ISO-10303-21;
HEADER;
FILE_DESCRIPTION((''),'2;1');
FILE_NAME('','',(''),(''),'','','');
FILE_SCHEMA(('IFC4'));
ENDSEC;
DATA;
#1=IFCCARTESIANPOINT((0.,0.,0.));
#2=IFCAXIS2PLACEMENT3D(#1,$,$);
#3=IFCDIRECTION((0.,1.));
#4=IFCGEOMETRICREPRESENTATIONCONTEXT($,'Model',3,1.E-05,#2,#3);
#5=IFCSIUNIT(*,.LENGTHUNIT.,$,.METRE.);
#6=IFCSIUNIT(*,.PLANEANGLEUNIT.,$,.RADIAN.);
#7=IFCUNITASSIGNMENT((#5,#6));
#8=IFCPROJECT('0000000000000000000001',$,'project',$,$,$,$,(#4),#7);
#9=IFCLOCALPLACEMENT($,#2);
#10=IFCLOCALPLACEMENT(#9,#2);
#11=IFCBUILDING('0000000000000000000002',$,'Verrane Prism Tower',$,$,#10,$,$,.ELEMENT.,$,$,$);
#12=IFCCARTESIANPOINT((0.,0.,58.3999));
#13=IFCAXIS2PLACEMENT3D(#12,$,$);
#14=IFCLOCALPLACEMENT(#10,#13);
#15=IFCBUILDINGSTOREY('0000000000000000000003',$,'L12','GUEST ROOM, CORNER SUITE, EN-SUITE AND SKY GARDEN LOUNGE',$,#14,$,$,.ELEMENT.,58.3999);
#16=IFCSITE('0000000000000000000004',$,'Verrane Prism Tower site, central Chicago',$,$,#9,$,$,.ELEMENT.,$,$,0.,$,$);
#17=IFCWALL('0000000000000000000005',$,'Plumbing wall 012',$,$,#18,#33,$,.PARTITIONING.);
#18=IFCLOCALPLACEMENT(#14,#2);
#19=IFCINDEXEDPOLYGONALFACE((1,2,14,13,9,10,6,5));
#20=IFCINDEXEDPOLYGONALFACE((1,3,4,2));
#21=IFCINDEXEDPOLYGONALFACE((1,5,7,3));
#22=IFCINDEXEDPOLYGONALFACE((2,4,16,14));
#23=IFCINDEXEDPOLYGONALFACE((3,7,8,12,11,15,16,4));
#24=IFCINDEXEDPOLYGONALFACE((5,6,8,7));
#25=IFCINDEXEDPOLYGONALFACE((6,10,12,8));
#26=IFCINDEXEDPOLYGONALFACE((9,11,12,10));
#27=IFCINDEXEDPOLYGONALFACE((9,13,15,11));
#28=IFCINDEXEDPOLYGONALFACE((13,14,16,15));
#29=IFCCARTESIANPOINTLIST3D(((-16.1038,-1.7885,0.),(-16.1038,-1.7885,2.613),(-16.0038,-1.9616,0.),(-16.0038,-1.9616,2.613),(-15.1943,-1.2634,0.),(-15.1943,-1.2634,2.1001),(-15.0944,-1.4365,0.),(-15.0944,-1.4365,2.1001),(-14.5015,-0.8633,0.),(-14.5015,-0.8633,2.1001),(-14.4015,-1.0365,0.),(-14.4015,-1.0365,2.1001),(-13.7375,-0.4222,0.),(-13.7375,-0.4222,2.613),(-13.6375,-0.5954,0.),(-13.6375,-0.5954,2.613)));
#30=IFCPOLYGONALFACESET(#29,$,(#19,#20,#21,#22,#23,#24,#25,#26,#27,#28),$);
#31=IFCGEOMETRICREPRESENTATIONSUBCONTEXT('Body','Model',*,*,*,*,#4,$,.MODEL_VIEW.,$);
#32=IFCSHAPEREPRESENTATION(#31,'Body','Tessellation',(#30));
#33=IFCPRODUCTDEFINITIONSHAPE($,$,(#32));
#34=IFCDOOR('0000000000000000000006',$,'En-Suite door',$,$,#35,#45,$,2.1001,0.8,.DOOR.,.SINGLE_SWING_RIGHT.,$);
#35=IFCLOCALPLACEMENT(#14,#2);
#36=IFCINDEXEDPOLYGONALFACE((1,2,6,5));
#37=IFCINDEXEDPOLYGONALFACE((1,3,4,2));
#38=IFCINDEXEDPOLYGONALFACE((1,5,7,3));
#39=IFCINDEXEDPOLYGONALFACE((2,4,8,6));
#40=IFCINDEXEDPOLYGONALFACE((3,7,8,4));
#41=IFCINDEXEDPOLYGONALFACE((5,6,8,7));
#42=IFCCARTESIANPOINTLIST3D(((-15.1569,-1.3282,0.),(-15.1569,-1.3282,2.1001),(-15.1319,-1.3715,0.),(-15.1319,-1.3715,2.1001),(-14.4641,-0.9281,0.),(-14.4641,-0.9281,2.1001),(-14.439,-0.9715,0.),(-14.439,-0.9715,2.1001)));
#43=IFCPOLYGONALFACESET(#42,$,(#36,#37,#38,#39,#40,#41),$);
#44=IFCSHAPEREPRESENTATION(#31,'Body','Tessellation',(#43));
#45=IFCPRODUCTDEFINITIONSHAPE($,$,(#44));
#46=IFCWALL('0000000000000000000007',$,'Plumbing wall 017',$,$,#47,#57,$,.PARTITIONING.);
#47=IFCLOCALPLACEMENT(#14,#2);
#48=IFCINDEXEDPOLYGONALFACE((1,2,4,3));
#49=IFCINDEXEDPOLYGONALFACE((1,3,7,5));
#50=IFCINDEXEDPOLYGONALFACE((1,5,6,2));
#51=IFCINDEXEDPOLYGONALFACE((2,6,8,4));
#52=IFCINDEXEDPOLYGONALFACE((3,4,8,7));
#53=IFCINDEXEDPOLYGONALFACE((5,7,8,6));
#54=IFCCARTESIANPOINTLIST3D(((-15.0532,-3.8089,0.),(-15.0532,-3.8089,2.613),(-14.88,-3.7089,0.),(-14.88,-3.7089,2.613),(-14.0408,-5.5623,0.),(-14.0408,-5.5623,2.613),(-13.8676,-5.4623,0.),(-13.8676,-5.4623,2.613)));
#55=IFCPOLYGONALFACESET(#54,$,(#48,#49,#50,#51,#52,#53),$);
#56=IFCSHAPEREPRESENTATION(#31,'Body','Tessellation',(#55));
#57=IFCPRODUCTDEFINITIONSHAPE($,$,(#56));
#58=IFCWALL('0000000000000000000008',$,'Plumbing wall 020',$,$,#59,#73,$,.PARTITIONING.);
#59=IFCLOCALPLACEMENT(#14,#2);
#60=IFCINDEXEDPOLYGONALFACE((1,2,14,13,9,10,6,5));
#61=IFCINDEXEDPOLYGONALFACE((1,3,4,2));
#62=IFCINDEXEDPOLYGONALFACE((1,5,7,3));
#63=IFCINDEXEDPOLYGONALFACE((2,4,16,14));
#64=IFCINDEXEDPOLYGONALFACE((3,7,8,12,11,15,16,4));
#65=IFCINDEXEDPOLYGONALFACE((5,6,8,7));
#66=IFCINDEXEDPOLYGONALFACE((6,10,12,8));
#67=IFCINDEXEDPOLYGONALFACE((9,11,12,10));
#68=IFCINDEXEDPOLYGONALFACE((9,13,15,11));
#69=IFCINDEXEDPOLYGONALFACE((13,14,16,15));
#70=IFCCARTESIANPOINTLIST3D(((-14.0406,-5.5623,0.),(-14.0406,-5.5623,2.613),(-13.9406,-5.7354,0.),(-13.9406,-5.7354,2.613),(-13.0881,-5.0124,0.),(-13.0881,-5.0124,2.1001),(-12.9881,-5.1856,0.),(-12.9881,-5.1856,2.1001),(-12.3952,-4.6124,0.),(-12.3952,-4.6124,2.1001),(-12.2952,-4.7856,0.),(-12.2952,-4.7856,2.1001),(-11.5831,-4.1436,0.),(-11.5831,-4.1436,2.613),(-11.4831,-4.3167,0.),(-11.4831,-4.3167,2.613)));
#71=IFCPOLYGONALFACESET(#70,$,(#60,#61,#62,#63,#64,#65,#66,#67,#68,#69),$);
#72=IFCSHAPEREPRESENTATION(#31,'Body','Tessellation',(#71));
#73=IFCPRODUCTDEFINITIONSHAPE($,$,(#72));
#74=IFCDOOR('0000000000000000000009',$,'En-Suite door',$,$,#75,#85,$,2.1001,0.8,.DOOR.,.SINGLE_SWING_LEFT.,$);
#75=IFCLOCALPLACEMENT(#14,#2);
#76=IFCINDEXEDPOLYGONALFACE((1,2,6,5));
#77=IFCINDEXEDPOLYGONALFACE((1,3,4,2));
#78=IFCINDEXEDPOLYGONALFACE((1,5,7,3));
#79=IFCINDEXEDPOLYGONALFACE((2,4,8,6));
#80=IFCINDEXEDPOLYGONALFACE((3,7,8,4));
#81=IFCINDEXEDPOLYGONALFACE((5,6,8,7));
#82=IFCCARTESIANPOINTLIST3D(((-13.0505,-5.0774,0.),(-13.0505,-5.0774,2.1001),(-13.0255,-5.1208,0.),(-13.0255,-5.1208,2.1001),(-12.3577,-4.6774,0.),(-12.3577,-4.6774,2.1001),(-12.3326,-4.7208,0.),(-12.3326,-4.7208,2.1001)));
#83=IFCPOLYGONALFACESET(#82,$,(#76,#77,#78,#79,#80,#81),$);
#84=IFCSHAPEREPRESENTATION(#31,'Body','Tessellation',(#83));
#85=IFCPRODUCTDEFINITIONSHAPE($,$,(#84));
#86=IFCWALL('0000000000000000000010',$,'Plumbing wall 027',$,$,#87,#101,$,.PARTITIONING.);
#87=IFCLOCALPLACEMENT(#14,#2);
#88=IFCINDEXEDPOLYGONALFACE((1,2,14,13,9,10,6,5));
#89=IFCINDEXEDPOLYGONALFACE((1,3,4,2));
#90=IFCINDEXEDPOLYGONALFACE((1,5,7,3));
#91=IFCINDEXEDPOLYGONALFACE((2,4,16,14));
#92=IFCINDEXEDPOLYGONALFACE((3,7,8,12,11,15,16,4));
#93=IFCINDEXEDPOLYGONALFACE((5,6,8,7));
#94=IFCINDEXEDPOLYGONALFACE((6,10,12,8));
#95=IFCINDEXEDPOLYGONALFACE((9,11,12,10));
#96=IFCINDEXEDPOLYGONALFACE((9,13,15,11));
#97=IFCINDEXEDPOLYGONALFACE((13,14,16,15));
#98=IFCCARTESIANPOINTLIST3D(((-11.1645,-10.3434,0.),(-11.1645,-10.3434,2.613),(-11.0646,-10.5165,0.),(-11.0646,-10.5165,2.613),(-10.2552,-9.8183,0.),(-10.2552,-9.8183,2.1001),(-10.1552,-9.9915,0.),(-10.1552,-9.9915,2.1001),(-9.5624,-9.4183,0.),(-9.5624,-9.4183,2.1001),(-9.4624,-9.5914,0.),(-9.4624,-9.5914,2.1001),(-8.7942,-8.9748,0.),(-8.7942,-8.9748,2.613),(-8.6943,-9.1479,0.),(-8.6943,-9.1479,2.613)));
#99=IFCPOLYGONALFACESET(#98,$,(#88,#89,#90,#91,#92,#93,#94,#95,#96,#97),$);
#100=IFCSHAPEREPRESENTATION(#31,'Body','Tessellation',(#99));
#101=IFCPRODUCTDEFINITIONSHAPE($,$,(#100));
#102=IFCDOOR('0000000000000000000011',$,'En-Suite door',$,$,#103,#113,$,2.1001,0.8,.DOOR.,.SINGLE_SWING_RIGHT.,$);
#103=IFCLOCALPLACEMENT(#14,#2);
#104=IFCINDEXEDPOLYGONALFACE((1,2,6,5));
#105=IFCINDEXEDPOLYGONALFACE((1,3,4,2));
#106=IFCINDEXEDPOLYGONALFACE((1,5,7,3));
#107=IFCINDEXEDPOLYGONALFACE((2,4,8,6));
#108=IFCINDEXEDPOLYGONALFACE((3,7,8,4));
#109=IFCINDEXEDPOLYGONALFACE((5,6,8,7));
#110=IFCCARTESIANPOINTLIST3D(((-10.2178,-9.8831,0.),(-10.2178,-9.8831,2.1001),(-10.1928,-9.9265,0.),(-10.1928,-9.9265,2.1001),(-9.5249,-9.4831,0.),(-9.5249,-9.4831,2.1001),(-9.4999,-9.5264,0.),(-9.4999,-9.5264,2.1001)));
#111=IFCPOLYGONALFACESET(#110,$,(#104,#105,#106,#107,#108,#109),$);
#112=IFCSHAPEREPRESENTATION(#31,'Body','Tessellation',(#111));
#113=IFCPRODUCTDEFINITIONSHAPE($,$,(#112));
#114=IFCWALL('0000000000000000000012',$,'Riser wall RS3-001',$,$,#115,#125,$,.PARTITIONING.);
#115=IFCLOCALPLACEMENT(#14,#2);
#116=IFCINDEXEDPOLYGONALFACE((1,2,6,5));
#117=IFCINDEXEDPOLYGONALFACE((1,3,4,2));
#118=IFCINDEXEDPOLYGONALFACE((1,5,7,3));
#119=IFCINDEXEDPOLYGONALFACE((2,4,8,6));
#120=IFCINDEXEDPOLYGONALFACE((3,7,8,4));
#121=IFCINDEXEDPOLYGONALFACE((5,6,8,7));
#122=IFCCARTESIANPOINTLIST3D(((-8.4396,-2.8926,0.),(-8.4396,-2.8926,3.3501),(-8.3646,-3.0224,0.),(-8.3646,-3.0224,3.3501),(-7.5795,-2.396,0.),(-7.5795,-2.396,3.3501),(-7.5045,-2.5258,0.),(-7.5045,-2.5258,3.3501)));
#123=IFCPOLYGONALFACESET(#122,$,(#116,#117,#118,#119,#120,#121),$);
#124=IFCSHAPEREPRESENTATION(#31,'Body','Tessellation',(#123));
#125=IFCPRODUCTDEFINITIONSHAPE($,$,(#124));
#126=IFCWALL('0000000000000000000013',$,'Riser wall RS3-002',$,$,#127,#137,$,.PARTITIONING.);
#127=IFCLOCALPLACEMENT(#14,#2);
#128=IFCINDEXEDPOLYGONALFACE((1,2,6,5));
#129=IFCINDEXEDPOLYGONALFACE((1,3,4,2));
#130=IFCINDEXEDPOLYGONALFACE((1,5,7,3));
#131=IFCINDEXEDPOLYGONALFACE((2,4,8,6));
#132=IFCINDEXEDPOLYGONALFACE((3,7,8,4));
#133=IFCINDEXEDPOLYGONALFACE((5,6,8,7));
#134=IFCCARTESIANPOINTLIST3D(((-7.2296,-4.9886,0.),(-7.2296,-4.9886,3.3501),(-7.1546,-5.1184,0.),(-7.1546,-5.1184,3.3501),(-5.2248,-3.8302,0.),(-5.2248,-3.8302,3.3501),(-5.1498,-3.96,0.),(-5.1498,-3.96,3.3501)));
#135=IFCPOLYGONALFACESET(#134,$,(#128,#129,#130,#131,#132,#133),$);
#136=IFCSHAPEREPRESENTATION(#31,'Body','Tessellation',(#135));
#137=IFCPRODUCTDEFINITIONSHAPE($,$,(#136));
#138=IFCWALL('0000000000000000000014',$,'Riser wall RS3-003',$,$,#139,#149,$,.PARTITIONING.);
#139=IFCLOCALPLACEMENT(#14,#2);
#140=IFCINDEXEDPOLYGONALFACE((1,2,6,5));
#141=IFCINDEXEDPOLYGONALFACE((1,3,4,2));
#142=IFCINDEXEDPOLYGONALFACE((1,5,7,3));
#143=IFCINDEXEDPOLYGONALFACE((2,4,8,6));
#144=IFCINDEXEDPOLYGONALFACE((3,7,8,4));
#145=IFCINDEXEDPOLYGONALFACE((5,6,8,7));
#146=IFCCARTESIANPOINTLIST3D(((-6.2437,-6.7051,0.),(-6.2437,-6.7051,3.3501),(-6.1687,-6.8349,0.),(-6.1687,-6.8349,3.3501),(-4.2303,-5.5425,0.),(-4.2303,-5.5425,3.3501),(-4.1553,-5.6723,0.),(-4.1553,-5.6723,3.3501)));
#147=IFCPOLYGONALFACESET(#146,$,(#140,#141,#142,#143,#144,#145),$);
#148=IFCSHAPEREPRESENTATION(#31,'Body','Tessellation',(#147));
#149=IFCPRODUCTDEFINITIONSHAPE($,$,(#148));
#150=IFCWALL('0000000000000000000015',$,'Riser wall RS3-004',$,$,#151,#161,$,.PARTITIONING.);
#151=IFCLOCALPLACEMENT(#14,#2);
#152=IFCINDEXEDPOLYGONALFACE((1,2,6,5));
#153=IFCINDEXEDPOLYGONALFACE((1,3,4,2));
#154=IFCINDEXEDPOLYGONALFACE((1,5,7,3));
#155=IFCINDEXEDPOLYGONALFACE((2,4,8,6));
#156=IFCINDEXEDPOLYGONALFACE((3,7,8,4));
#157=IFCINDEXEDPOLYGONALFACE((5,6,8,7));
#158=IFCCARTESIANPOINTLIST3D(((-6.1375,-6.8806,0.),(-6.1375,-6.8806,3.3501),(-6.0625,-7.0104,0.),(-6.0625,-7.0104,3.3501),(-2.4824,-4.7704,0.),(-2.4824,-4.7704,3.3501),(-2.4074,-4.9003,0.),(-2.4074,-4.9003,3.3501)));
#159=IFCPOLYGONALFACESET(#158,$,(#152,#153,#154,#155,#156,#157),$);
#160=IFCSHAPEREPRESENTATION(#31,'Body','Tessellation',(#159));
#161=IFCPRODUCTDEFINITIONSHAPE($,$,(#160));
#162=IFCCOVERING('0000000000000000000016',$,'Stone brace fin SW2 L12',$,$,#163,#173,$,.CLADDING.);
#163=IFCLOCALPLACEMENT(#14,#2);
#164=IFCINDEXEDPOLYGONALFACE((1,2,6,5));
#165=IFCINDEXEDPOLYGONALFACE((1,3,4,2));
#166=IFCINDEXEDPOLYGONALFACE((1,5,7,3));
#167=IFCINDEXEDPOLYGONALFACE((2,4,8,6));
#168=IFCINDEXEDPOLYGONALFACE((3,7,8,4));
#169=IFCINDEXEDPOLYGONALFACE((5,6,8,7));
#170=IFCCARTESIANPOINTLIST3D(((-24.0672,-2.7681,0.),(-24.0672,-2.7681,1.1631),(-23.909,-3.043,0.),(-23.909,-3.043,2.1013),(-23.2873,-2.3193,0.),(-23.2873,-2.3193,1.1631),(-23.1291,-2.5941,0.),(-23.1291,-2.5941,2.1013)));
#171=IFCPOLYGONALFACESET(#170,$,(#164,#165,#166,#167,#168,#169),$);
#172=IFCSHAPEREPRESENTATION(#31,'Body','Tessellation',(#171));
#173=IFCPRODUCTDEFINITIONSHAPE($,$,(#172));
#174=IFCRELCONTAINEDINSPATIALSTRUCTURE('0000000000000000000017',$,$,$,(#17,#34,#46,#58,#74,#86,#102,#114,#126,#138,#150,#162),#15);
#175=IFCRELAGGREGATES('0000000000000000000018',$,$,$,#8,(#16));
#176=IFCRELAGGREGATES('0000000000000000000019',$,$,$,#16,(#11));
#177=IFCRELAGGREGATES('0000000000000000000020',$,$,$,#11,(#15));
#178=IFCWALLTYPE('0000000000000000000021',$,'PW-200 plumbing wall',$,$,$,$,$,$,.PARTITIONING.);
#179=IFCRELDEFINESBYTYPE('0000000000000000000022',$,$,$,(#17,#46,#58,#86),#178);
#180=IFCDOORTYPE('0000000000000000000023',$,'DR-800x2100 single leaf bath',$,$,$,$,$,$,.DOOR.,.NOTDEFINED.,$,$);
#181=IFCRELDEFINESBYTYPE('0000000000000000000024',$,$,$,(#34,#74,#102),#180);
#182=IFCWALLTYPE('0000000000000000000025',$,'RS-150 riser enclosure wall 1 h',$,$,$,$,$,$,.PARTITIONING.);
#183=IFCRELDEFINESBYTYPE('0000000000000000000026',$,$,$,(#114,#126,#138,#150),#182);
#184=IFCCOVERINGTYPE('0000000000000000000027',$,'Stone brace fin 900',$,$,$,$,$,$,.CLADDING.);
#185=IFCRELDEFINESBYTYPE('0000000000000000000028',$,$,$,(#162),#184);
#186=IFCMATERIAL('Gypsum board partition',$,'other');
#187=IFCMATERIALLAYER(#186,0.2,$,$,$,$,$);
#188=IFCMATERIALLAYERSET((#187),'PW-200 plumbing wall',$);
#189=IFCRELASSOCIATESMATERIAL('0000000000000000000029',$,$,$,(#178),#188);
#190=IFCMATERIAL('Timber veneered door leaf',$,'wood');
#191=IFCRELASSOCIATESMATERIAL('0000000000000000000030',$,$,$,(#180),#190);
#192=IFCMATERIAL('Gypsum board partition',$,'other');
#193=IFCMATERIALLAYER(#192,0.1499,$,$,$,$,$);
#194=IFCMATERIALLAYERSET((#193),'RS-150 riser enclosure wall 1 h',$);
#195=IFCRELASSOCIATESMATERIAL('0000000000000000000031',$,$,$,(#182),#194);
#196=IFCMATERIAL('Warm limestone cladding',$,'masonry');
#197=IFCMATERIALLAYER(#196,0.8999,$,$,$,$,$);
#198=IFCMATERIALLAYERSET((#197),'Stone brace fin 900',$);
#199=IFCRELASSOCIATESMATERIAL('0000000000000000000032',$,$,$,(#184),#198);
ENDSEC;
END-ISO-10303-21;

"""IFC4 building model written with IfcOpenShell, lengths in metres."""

from ifc_helpers import new_model, si_unit, direction, frame, frame_2d, origin, place, context, subcontext, project, spatial, polyline, rectangle, outline, extrude, material, layer, layer_set, type_object, element, fill, save


model = new_model("IFC4")

# Units and contexts
model_context = context("Model", 3, precision=1e-05, world=origin(), true_north=direction((0.0, 1.0)))
body_context = subcontext(model_context, "Body", "Model", "MODEL_VIEW")
ifc_project = project(units=[si_unit("LENGTHUNIT", "METRE"), si_unit("PLANEANGLEUNIT", "RADIAN")], contexts=[model_context])

# Site, building, storey
site_placement = place(None, origin())
site = spatial("IfcSite", under=ifc_project, at=site_placement, Name="Verrane Prism Tower site, central Chicago", CompositionType="ELEMENT", RefElevation=0.0)
building_placement = place(site_placement, origin())
building = spatial("IfcBuilding", under=site, at=building_placement, Name="Verrane Prism Tower", CompositionType="ELEMENT")
storey_placement = place(building_placement, frame((0.0, 0.0, 58.3999)))
storey = spatial("IfcBuildingStorey", under=building, at=storey_placement, Name="L12", Description="GUEST ROOM, CORNER SUITE, EN-SUITE AND SKY GARDEN LOUNGE", CompositionType="ELEMENT", Elevation=58.3999)

# Shared definitions
ifc_material_1 = material(Name="Gypsum board partition", Category="other")
ifc_layer_1 = layer(ifc_material_1, 0.2)
ifc_layer_set_1 = layer_set([ifc_layer_1], Name="PW-200 plumbing wall")
wall_type_1 = type_object("IfcWallType", Name="PW-200 plumbing wall", PredefinedType="PARTITIONING", material=ifc_layer_set_1)

# Wall, opening, door
wall_1_placement = place(storey_placement, frame((-13.6875, -0.5088, 0.0), z_axis=(0.0, 0.0, 1.0), x_axis=(-0.866013, -0.500022, 0.0)))
wall_1 = element("IfcWall", 1, at=wall_1_placement, inside=storey, type_object=wall_type_1, Name="Plumbing wall 012", PredefinedType="PARTITIONING", context=body_context, shape_type="SweptSolid", body=[
    extrude(rectangle(XDim=2.7324, YDim=0.2, at=frame_2d((1.3662, 0.0))), origin(), (0.0, 0.0, 1.0), 2.613),
])
opening_1_placement = place(wall_1_placement, frame((0.8823, 0.0, 0.0)))
opening_1 = element("IfcOpeningElement", 2, at=opening_1_placement, cuts=wall_1, PredefinedType="OPENING", context=body_context, shape_type="SweptSolid", body=[
    extrude(rectangle(XDim=0.8, YDim=2.1001, at=frame_2d((0.3999, 1.05))), frame((0.0, 0.1099, 0.0), z_axis=(0.0, -1.0, 0.0), x_axis=(1.0, 0.0, 0.0)), (0.0, 0.0, 1.0), 0.22),
])
ifc_material_2 = material(Name="Timber veneered door leaf", Category="wood")
door_type = type_object("IfcDoorType", Name="DR-800x2100 single leaf bath", OperationType="NOTDEFINED", PredefinedType="DOOR", material=ifc_material_2)
door_1_placement = place(opening_1_placement, origin())
door_1 = element("IfcDoor", 3, at=door_1_placement, inside=storey, type_object=door_type, Name="En-Suite door", OperationType="SINGLE_SWING_RIGHT", OverallHeight=2.1001, OverallWidth=0.8, PredefinedType="DOOR", context=body_context, shape_type="SweptSolid", body=[
    extrude(rectangle(XDim=0.8, YDim=2.1001, at=frame_2d((0.3999, 1.05))), frame((0.0, 0.0249, 0.0), z_axis=(0.0, -1.0, 0.0), x_axis=(1.0, 0.0, 0.0)), (0.0, 0.0, 1.0), 0.05),
])
fill(opening_1, door_1)

# Wall
wall_2_placement = place(storey_placement, frame((-14.9666, -3.759, 0.0), z_axis=(0.0, 0.0, 1.0), x_axis=(0.500043, -0.866001, 0.0)))
element("IfcWall", 4, at=wall_2_placement, inside=storey, type_object=wall_type_1, Name="Plumbing wall 017", PredefinedType="PARTITIONING", context=body_context, shape_type="SweptSolid", body=[
    extrude(rectangle(XDim=2.0247, YDim=0.2, at=frame_2d((1.0122, 0.0))), origin(), (0.0, 0.0, 1.0), 2.613),
])

# Walls, openings, doors
wall_3_placement = place(storey_placement, frame((-13.9907, -5.6489, 0.0), z_axis=(0.0, 0.0, 1.0), x_axis=(0.866048, 0.499961, 0.0)))
wall_3 = element("IfcWall", 5, at=wall_3_placement, inside=storey, type_object=wall_type_1, Name="Plumbing wall 020", PredefinedType="PARTITIONING", context=body_context, shape_type="SweptSolid", body=[
    extrude(rectangle(XDim=2.8376, YDim=0.2, at=frame_2d((1.4189, 0.0))), origin(), (0.0, 0.0, 1.0), 2.613),
])
opening_2_placement = place(wall_3_placement, frame((1.1001, 0.0, 0.0)))
opening_2 = element("IfcOpeningElement", 6, at=opening_2_placement, cuts=wall_3, PredefinedType="OPENING", context=body_context, shape_type="SweptSolid", body=[
    extrude(rectangle(XDim=0.8, YDim=2.1001, at=frame_2d((0.3999, 1.05))), frame((0.0, 0.1099, 0.0), z_axis=(0.0, -1.0, 0.0), x_axis=(1.0, 0.0, 0.0)), (0.0, 0.0, 1.0), 0.22),
])
door_2_placement = place(opening_2_placement, origin())
door_2 = element("IfcDoor", 7, at=door_2_placement, inside=storey, type_object=door_type, Name="En-Suite door", OperationType="SINGLE_SWING_LEFT", OverallHeight=2.1001, OverallWidth=0.8, PredefinedType="DOOR", context=body_context, shape_type="SweptSolid", body=[
    extrude(rectangle(XDim=0.8, YDim=2.1001, at=frame_2d((0.3999, 1.05))), frame((0.0, 0.0249, 0.0), z_axis=(0.0, -1.0, 0.0), x_axis=(1.0, 0.0, 0.0)), (0.0, 0.0, 1.0), 0.05),
])
fill(opening_2, door_2)
wall_4_placement = place(storey_placement, frame((-8.7441, -9.0613, 0.0), z_axis=(0.0, 0.0, 1.0), x_axis=(-0.866006, -0.500034, 0.0)))
wall_4 = element("IfcWall", 8, at=wall_4_placement, inside=storey, type_object=wall_type_1, Name="Plumbing wall 027", PredefinedType="PARTITIONING", context=body_context, shape_type="SweptSolid", body=[
    extrude(rectangle(XDim=2.7371, YDim=0.2, at=frame_2d((1.3687, 0.0))), origin(), (0.0, 0.0, 1.0), 2.613),
])
opening_3_placement = place(wall_4_placement, frame((0.8872, 0.0, 0.0)))
opening_3 = element("IfcOpeningElement", 9, at=opening_3_placement, cuts=wall_4, PredefinedType="OPENING", context=body_context, shape_type="SweptSolid", body=[
    extrude(rectangle(XDim=0.8, YDim=2.1001, at=frame_2d((0.3999, 1.05))), frame((0.0, 0.1099, 0.0), z_axis=(0.0, -1.0, 0.0), x_axis=(1.0, 0.0, 0.0)), (0.0, 0.0, 1.0), 0.22),
])
door_3_placement = place(opening_3_placement, origin())
door_3 = element("IfcDoor", 10, at=door_3_placement, inside=storey, type_object=door_type, Name="En-Suite door", OperationType="SINGLE_SWING_RIGHT", OverallHeight=2.1001, OverallWidth=0.8, PredefinedType="DOOR", context=body_context, shape_type="SweptSolid", body=[
    extrude(rectangle(XDim=0.8, YDim=2.1001, at=frame_2d((0.3999, 1.05))), frame((0.0, 0.0249, 0.0), z_axis=(0.0, -1.0, 0.0), x_axis=(1.0, 0.0, 0.0)), (0.0, 0.0, 1.0), 0.05),
])
fill(opening_3, door_3)

# Walls
ifc_material_3 = material(Name="Gypsum board partition", Category="other")
ifc_layer_2 = layer(ifc_material_3, 0.1499)
ifc_layer_set_2 = layer_set([ifc_layer_2], Name="RS-150 riser enclosure wall 1 h")
wall_type_2 = type_object("IfcWallType", Name="RS-150 riser enclosure wall 1 h", PredefinedType="PARTITIONING", material=ifc_layer_set_2)
wall_5_placement = place(storey_placement, frame((-8.4021, -2.9575, 0.0), z_axis=(0.0, 0.0, 1.0), x_axis=(0.866026, 0.499999, 0.0)))
element("IfcWall", 11, at=wall_5_placement, inside=storey, type_object=wall_type_2, Name="Riser wall RS3-001", PredefinedType="PARTITIONING", context=body_context, shape_type="SweptSolid", body=[
    extrude(rectangle(XDim=0.9932, YDim=0.1499, at=frame_2d((0.4966, 0.0))), origin(), (0.0, 0.0, 1.0), 3.3501),
])
wall_6_placement = place(storey_placement, frame((-7.1921, -5.0535, 0.0), z_axis=(0.0, 0.0, 1.0), x_axis=(0.865852, 0.5003, 0.0)))
element("IfcWall", 12, at=wall_6_placement, inside=storey, type_object=wall_type_2, Name="Riser wall RS3-002", PredefinedType="PARTITIONING", context=body_context, shape_type="SweptSolid", body=[
    extrude(rectangle(XDim=2.3154, YDim=0.1499, at=frame_2d((1.1577, 0.0))), origin(), (0.0, 0.0, 1.0), 3.3501),
])
wall_7_placement = place(storey_placement, frame((-6.2063, -6.77, 0.0), z_axis=(0.0, 0.0, 1.0), x_axis=(0.865998, 0.500047, 0.0)))
element("IfcWall", 13, at=wall_7_placement, inside=storey, type_object=wall_type_2, Name="Riser wall RS3-003", PredefinedType="PARTITIONING", context=body_context, shape_type="SweptSolid", body=[
    extrude(rectangle(XDim=2.325, YDim=0.1499, at=frame_2d((1.1626, 0.0))), origin(), (0.0, 0.0, 1.0), 3.3501),
])
wall_8_placement = place(storey_placement, frame((-6.1001, -6.9456, 0.0), z_axis=(0.0, 0.0, 1.0), x_axis=(0.866038, 0.499978, 0.0)))
element("IfcWall", 14, at=wall_8_placement, inside=storey, type_object=wall_type_2, Name="Riser wall RS3-004", PredefinedType="PARTITIONING", context=body_context, shape_type="SweptSolid", body=[
    extrude(rectangle(XDim=4.2205, YDim=0.1499, at=frame_2d((2.1104, 0.0))), origin(), (0.0, 0.0, 1.0), 3.3501),
])

# Covering
ifc_material_4 = material(Name="Warm limestone cladding", Category="masonry")
ifc_layer_3 = layer(ifc_material_4, 0.8999)
ifc_layer_set_3 = layer_set([ifc_layer_3], Name="Stone brace fin 900")
covering_type = type_object("IfcCoveringType", Name="Stone brace fin 900", PredefinedType="CLADDING", material=ifc_layer_set_3)
covering_placement = place(storey_placement, frame((-23.6772, -2.5437, 0.0), z_axis=(0.0, 0.0, 1.0), x_axis=(0.498789, -0.866723, 0.0)))
element("IfcCovering", 15, at=covering_placement, inside=storey, type_object=covering_type, Name="Stone brace fin SW2 L12", PredefinedType="CLADDING", context=body_context, shape_type="SweptSolid", body=[
    extrude(outline(polyline([(0.0, 0.0), (0.3171, 0.0), (0.3171, 2.1013), (0.0, 1.1631), (0.0, 0.0)])), frame((0.0, 0.45, 0.0), z_axis=(0.0, -1.0, 0.0), x_axis=(1.0, 0.0, 0.0)), (0.0, 0.0, 1.0), 0.8999),
])

save(model, "model.ifc")
